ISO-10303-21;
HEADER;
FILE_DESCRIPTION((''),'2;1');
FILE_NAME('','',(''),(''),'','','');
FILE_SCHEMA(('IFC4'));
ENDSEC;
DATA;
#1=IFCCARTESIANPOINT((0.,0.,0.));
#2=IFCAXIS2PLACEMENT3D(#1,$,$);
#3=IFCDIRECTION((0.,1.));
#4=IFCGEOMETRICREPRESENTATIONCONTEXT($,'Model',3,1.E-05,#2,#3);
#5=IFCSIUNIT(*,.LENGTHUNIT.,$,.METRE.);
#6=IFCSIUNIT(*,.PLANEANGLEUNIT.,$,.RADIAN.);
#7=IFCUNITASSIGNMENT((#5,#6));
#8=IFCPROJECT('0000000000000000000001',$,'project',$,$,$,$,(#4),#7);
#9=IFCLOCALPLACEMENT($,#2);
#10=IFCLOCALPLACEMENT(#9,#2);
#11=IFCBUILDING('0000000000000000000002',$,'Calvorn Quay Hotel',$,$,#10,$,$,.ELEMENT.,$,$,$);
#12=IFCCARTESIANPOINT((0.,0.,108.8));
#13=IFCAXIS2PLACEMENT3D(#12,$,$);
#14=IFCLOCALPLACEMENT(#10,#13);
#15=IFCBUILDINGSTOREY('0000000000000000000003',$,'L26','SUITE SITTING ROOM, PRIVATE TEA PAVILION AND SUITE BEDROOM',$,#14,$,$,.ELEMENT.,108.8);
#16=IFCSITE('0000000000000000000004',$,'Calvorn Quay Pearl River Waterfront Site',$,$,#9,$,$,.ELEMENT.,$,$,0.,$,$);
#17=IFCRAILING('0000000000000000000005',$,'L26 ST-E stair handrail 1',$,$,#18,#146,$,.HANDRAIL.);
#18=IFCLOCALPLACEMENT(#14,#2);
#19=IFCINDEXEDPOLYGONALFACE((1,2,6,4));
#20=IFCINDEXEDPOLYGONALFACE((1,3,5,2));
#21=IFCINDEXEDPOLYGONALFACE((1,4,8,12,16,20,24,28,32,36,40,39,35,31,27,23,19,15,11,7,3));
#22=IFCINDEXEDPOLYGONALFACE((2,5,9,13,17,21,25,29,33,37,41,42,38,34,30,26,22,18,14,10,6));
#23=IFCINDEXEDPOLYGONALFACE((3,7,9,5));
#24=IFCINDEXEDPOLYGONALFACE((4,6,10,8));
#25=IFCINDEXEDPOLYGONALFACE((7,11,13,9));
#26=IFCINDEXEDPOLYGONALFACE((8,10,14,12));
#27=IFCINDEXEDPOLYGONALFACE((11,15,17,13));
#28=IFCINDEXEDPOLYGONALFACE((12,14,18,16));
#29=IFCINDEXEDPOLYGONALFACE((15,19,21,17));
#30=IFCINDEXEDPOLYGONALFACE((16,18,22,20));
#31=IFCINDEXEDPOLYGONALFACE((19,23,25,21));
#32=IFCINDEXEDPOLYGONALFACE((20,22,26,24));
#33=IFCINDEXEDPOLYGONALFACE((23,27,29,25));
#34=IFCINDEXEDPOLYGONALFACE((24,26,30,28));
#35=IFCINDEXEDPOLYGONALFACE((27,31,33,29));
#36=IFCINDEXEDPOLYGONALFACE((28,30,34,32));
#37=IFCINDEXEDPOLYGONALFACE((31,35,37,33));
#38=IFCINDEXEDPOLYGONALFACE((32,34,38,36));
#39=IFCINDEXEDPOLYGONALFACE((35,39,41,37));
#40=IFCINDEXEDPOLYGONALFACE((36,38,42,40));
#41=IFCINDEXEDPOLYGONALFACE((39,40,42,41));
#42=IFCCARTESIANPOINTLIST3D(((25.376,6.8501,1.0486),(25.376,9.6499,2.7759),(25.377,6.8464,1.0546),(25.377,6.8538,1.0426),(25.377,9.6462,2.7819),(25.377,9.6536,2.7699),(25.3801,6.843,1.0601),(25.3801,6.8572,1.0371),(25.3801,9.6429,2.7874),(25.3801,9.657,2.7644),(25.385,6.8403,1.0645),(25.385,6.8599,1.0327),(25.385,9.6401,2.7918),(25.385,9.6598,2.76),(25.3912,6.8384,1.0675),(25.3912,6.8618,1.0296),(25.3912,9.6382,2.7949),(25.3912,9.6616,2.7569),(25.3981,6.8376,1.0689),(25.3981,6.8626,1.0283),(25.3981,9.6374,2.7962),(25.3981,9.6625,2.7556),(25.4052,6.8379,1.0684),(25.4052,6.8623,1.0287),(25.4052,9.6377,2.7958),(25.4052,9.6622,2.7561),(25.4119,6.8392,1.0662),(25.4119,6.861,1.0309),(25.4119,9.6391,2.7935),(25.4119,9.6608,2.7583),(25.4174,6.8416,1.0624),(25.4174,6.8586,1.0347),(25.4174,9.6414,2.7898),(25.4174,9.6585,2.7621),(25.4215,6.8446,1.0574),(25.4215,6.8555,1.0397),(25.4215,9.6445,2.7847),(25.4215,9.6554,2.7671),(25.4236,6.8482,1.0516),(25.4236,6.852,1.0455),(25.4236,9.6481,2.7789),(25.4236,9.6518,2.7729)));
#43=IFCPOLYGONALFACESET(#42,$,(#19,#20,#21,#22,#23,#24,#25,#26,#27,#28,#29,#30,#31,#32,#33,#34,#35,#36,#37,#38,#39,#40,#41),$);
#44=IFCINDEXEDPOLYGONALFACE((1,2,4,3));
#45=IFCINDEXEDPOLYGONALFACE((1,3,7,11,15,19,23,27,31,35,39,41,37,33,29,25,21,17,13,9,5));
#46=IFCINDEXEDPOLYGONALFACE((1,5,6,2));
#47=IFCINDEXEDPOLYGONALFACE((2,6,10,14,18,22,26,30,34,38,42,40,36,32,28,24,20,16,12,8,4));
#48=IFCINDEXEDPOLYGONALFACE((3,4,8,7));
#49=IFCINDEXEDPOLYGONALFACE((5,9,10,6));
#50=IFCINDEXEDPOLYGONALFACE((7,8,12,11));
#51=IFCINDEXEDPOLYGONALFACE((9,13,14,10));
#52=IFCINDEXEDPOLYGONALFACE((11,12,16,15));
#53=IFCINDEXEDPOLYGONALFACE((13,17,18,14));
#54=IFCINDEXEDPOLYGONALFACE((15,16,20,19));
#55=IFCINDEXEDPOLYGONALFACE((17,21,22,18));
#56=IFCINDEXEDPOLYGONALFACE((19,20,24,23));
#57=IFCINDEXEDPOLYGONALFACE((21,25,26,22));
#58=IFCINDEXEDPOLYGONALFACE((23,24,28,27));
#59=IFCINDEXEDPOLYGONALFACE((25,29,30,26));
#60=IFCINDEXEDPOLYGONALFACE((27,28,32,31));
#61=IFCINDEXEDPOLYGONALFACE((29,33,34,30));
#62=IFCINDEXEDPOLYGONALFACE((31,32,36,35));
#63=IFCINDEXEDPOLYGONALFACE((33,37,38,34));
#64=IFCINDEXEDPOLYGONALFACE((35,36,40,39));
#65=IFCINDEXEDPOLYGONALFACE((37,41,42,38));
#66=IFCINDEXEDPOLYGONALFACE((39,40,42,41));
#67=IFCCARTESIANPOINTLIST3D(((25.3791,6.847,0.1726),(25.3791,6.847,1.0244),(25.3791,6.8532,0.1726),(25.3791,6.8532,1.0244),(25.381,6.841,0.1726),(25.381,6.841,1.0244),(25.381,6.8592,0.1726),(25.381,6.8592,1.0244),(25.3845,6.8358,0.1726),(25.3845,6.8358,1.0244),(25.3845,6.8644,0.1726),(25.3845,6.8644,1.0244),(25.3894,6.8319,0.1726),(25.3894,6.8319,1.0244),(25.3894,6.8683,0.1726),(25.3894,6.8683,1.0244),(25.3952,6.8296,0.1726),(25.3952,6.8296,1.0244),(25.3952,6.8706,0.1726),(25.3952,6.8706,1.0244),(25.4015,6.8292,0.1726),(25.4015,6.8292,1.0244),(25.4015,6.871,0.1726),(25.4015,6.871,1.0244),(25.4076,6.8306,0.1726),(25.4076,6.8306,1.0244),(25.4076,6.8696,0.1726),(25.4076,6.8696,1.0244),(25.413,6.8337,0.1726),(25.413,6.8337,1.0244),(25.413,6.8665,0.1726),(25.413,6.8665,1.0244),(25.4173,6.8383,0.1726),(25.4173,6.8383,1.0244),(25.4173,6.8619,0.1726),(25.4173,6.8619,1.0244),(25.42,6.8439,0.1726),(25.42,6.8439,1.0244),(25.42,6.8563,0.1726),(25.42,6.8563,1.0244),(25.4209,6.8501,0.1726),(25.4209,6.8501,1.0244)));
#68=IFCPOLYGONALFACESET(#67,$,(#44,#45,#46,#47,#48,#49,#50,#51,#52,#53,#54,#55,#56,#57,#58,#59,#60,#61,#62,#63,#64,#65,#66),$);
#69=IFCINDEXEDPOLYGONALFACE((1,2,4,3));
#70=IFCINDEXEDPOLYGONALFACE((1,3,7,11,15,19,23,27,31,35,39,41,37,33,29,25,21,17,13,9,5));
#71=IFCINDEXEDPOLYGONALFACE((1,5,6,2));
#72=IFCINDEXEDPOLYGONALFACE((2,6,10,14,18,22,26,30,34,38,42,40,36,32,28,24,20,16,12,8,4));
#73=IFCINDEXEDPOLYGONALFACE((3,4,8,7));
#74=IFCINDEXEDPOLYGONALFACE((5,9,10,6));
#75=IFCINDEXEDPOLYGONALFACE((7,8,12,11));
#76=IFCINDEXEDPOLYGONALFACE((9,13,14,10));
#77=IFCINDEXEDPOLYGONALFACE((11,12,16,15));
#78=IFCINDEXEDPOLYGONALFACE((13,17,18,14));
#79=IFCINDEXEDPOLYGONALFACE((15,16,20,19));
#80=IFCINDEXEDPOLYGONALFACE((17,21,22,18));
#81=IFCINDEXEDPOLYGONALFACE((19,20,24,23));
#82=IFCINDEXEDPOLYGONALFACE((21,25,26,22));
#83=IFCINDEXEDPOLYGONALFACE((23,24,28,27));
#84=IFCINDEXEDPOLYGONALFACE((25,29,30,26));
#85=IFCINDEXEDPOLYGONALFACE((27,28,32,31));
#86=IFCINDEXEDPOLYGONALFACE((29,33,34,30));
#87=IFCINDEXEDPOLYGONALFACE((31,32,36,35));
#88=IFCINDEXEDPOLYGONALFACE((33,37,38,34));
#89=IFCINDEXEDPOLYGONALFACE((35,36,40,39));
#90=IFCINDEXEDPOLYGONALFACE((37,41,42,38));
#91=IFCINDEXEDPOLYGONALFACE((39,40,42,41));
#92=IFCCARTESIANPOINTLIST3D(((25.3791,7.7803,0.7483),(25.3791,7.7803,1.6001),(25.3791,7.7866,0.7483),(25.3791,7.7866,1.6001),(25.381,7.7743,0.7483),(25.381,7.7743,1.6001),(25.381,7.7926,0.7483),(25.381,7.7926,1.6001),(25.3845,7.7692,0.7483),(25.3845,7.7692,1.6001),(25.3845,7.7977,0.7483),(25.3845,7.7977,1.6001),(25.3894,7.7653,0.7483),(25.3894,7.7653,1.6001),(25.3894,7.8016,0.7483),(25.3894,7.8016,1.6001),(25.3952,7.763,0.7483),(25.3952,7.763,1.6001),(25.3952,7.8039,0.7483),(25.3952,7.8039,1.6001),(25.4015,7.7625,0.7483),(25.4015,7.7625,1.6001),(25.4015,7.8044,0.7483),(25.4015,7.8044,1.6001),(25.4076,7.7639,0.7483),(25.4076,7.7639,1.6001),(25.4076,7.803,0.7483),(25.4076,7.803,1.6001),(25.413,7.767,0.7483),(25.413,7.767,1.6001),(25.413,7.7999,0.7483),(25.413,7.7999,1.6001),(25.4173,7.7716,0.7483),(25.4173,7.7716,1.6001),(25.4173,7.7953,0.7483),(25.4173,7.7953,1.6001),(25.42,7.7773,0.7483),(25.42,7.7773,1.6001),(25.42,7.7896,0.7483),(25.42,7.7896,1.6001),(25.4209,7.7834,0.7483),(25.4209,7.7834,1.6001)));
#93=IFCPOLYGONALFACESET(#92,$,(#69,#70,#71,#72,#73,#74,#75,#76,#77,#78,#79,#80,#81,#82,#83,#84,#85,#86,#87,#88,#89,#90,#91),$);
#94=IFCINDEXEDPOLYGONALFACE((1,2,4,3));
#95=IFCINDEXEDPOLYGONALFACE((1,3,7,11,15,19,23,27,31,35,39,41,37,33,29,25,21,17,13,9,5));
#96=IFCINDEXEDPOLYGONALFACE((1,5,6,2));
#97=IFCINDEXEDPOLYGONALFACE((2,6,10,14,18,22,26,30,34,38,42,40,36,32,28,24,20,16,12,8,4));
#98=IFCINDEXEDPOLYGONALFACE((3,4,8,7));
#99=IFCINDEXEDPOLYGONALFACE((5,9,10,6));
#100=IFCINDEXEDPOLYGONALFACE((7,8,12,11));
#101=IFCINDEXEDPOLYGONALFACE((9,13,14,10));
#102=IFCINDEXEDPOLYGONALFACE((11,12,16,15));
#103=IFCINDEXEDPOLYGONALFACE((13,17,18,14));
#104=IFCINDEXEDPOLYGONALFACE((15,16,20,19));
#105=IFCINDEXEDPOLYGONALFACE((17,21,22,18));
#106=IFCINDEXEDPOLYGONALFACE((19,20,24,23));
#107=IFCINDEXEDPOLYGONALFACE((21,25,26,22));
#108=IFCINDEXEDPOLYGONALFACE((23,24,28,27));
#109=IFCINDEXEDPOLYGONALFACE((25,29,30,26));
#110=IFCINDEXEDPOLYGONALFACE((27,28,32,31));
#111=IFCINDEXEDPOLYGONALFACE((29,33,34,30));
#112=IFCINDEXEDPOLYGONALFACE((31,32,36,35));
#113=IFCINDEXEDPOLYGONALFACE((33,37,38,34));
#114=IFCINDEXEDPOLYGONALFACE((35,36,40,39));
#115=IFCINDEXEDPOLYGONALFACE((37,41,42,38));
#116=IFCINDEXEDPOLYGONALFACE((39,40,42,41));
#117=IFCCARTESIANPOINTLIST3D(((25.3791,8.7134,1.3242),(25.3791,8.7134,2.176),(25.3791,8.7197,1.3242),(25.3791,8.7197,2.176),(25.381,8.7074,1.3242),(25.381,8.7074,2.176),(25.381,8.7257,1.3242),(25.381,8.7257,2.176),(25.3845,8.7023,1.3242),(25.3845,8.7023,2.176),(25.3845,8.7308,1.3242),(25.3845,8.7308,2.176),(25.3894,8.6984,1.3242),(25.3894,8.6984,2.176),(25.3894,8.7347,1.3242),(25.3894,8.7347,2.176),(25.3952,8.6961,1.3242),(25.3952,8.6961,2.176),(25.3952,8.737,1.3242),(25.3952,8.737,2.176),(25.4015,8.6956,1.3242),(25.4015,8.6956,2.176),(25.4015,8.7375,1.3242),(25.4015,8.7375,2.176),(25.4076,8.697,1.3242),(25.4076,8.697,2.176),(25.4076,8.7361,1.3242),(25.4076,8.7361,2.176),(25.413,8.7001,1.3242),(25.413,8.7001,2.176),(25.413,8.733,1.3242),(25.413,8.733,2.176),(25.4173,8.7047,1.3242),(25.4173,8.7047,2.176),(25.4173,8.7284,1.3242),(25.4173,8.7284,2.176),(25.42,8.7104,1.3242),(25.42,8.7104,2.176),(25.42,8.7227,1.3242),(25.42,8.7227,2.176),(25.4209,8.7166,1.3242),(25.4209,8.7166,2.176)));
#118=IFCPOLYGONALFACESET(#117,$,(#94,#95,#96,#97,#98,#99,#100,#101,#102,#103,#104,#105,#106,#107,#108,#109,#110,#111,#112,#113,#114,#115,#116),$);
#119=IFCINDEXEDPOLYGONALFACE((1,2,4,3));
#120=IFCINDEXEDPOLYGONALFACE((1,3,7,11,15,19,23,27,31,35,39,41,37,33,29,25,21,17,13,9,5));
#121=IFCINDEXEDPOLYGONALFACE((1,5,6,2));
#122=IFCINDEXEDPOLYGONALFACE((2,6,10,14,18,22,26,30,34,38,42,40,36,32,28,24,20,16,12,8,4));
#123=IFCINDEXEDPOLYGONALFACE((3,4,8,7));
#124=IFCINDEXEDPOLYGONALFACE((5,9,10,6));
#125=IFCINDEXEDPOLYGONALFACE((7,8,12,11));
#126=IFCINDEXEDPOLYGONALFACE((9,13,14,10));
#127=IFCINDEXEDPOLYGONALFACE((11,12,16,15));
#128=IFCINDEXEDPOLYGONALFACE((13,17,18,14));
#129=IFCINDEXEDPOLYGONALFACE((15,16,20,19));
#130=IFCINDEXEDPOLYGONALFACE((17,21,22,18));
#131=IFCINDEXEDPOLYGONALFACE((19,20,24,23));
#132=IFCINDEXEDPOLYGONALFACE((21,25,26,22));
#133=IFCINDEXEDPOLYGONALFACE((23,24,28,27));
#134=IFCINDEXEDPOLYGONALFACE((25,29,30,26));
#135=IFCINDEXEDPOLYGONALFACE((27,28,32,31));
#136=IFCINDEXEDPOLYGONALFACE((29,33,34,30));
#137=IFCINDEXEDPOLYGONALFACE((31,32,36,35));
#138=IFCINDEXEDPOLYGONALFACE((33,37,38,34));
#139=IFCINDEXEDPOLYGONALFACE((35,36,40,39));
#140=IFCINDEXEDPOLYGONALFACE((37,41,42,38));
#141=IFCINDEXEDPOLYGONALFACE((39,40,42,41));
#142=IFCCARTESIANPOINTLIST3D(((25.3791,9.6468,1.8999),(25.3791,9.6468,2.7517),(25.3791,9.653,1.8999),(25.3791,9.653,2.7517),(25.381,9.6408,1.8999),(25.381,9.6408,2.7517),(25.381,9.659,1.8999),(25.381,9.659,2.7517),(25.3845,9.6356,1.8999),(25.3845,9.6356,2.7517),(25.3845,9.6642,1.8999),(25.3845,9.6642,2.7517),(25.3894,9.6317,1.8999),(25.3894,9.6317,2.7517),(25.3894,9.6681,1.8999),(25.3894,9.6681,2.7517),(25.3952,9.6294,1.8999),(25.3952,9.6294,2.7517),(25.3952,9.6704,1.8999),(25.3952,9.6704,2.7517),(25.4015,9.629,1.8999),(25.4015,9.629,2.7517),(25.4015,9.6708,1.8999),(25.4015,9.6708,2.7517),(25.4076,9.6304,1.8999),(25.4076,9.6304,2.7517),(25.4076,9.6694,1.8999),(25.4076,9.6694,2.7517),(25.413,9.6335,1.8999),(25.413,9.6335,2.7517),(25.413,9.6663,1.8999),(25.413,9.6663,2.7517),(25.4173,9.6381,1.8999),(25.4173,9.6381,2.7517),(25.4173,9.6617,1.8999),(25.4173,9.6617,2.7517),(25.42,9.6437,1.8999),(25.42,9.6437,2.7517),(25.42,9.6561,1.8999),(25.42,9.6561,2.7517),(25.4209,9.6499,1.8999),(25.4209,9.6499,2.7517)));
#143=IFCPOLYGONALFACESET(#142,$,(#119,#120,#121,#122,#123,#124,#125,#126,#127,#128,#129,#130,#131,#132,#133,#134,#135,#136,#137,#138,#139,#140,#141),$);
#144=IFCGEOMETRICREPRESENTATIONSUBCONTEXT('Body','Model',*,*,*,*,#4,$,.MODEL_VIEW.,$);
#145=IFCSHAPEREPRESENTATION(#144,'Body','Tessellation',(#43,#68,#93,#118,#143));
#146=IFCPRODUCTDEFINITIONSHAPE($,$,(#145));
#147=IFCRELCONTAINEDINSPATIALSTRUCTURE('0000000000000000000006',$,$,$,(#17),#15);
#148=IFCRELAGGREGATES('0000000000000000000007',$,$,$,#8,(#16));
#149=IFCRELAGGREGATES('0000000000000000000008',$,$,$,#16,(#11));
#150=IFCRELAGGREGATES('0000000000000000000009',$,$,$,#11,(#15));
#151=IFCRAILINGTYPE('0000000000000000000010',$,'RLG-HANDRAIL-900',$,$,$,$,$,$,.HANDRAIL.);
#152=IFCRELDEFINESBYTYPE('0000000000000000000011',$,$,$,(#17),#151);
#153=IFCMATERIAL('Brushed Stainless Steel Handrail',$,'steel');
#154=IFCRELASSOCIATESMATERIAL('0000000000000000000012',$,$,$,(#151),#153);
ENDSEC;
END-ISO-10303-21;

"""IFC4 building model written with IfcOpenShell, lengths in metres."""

from ifc_helpers import new_model, si_unit, direction, frame, origin, origin_2d, place, context, subcontext, project, spatial, circle, extrude, material, type_object, element, save


model = new_model("IFC4")

# Units and contexts
model_context = context("Model", 3, precision=1e-05, world=origin(), true_north=direction((0.0, 1.0)))
body_context = subcontext(model_context, "Body", "Model", "MODEL_VIEW")
ifc_project = project(units=[si_unit("LENGTHUNIT", "METRE"), si_unit("PLANEANGLEUNIT", "RADIAN")], contexts=[model_context])

# Site, building, storey
site_placement = place(None, origin())
site = spatial("IfcSite", under=ifc_project, at=site_placement, Name="Calvorn Quay Pearl River Waterfront Site", CompositionType="ELEMENT", RefElevation=0.0)
building_placement = place(site_placement, origin())
building = spatial("IfcBuilding", under=site, at=building_placement, Name="Calvorn Quay Hotel", CompositionType="ELEMENT")
storey_placement = place(building_placement, frame((0.0, 0.0, 108.8)))
storey = spatial("IfcBuildingStorey", under=building, at=storey_placement, Name="L26", Description="SUITE SITTING ROOM, PRIVATE TEA PAVILION AND SUITE BEDROOM", CompositionType="ELEMENT", Elevation=108.8)

# Railing
ifc_material_1 = material(Name="Brushed Stainless Steel Handrail", Category="steel")
railing_type_1 = type_object("IfcRailingType", Name="RLG-HANDRAIL-900", PredefinedType="HANDRAIL", material=ifc_material_1)
railing_1_placement = place(storey_placement, frame((25.3999, 6.8501, 0.1726)))
element("IfcRailing", 1, at=railing_1_placement, inside=storey, type_object=railing_type_1, Name="L26 ST-E stair handrail 1", PredefinedType="HANDRAIL", context=body_context, shape_type="SweptSolid", body=[
    extrude(circle(Radius=0.0239, at=origin_2d()), frame((0.0, 0.0, 0.876), z_axis=(0.0, 0.851069, 0.525054), x_axis=(-1.0, 0.0, 0.0)), (0.0, 0.0, 1.0), 3.2898),
    extrude(circle(Radius=0.021, at=origin_2d()), origin(), (0.0, 0.0, 1.0), 0.8518),
    extrude(circle(Radius=0.021, at=origin_2d()), frame((0.0, 0.9333, 0.5757)), (0.0, 0.0, 1.0), 0.8518),
    extrude(circle(Radius=0.021, at=origin_2d()), frame((0.0, 1.8665, 1.1516)), (0.0, 0.0, 1.0), 0.8518),
    extrude(circle(Radius=0.021, at=origin_2d()), frame((0.0, 2.7998, 1.7273)), (0.0, 0.0, 1.0), 0.8518),
])

save(model, "model.ifc")
